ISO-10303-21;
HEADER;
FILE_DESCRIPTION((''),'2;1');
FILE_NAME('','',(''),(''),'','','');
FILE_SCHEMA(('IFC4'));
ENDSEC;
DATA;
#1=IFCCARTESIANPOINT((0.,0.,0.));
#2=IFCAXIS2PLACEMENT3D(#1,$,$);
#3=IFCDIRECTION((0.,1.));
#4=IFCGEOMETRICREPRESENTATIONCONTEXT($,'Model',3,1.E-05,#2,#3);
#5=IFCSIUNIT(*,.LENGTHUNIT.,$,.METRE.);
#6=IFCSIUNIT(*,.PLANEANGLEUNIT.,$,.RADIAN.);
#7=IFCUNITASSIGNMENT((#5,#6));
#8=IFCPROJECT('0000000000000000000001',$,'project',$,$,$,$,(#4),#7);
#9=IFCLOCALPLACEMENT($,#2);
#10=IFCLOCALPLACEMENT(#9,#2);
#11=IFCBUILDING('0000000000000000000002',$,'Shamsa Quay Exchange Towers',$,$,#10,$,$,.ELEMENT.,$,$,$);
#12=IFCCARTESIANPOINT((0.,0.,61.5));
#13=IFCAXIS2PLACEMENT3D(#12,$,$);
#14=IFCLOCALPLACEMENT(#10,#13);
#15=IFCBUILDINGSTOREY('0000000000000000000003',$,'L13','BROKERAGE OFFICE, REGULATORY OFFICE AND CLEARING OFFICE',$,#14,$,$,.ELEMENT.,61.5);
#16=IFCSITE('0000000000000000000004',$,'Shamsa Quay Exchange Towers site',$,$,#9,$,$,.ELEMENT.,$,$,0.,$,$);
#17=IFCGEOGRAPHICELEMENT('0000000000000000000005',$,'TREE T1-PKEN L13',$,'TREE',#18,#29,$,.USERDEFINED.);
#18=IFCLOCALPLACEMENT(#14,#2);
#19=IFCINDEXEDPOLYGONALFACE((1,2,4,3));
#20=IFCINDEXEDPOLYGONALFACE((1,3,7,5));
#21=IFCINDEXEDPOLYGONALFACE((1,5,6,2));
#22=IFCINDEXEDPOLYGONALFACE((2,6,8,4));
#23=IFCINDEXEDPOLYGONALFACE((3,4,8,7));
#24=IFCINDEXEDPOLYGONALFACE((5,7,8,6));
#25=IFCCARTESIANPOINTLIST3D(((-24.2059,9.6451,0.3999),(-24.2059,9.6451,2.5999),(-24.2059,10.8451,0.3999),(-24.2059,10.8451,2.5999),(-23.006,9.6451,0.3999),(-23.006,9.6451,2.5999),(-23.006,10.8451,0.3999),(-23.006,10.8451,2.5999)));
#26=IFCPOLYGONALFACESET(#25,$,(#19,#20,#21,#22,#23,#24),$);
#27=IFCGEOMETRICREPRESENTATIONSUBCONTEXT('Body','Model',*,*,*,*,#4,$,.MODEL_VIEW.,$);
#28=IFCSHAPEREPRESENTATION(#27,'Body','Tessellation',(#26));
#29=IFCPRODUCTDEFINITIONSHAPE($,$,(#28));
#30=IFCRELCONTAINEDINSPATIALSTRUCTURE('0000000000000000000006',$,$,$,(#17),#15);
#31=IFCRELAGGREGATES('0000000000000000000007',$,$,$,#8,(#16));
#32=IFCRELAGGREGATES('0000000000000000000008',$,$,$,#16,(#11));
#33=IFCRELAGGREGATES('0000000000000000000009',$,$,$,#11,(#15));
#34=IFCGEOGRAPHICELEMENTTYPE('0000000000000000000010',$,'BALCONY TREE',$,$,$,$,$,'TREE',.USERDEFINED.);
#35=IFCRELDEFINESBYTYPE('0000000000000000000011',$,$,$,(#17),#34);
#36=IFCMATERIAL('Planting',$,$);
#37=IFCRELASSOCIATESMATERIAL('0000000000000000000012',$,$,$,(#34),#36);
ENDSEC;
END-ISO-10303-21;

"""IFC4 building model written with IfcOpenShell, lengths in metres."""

from ifc_helpers import new_model, si_unit, direction, frame, origin, origin_2d, place, context, subcontext, project, spatial, rectangle, extrude, material, type_object, element, save


model = new_model("IFC4")

# Units and contexts
model_context = context("Model", 3, precision=1e-05, world=origin(), true_north=direction((0.0, 1.0)))
body_context = subcontext(model_context, "Body", "Model", "MODEL_VIEW")
ifc_project = project(units=[si_unit("LENGTHUNIT", "METRE"), si_unit("PLANEANGLEUNIT", "RADIAN")], contexts=[model_context])

# Site, building, storey
site_placement = place(None, origin())
site = spatial("IfcSite", under=ifc_project, at=site_placement, Name="Shamsa Quay Exchange Towers site", CompositionType="ELEMENT", RefElevation=0.0)
building_placement = place(site_placement, origin())
building = spatial("IfcBuilding", under=site, at=building_placement, Name="Shamsa Quay Exchange Towers", CompositionType="ELEMENT")
storey_placement = place(building_placement, frame((0.0, 0.0, 61.5)))
storey = spatial("IfcBuildingStorey", under=building, at=storey_placement, Name="L13", Description="BROKERAGE OFFICE, REGULATORY OFFICE AND CLEARING OFFICE", CompositionType="ELEMENT", Elevation=61.5)

# Geographic element
ifc_material_1 = material(Name="Planting")
geographic_element_type = type_object("IfcGeographicElementType", Name="BALCONY TREE", ElementType="TREE", PredefinedType="USERDEFINED", material=ifc_material_1)
geographic_element_placement = place(storey_placement, frame((-23.606, 10.2451, 0.3999), z_axis=(0.0, 0.0, 1.0), x_axis=(-1.0, 0.0, 0.0)))
element("IfcGeographicElement", 1, at=geographic_element_placement, inside=storey, type_object=geographic_element_type, Name="TREE T1-PKEN L13", ObjectType="TREE", PredefinedType="USERDEFINED", context=body_context, shape_type="SweptSolid", body=[
    extrude(rectangle(XDim=1.2, YDim=1.2, at=origin_2d()), origin(), (0.0, 0.0, 1.0), 2.2),
])

save(model, "model.ifc")
